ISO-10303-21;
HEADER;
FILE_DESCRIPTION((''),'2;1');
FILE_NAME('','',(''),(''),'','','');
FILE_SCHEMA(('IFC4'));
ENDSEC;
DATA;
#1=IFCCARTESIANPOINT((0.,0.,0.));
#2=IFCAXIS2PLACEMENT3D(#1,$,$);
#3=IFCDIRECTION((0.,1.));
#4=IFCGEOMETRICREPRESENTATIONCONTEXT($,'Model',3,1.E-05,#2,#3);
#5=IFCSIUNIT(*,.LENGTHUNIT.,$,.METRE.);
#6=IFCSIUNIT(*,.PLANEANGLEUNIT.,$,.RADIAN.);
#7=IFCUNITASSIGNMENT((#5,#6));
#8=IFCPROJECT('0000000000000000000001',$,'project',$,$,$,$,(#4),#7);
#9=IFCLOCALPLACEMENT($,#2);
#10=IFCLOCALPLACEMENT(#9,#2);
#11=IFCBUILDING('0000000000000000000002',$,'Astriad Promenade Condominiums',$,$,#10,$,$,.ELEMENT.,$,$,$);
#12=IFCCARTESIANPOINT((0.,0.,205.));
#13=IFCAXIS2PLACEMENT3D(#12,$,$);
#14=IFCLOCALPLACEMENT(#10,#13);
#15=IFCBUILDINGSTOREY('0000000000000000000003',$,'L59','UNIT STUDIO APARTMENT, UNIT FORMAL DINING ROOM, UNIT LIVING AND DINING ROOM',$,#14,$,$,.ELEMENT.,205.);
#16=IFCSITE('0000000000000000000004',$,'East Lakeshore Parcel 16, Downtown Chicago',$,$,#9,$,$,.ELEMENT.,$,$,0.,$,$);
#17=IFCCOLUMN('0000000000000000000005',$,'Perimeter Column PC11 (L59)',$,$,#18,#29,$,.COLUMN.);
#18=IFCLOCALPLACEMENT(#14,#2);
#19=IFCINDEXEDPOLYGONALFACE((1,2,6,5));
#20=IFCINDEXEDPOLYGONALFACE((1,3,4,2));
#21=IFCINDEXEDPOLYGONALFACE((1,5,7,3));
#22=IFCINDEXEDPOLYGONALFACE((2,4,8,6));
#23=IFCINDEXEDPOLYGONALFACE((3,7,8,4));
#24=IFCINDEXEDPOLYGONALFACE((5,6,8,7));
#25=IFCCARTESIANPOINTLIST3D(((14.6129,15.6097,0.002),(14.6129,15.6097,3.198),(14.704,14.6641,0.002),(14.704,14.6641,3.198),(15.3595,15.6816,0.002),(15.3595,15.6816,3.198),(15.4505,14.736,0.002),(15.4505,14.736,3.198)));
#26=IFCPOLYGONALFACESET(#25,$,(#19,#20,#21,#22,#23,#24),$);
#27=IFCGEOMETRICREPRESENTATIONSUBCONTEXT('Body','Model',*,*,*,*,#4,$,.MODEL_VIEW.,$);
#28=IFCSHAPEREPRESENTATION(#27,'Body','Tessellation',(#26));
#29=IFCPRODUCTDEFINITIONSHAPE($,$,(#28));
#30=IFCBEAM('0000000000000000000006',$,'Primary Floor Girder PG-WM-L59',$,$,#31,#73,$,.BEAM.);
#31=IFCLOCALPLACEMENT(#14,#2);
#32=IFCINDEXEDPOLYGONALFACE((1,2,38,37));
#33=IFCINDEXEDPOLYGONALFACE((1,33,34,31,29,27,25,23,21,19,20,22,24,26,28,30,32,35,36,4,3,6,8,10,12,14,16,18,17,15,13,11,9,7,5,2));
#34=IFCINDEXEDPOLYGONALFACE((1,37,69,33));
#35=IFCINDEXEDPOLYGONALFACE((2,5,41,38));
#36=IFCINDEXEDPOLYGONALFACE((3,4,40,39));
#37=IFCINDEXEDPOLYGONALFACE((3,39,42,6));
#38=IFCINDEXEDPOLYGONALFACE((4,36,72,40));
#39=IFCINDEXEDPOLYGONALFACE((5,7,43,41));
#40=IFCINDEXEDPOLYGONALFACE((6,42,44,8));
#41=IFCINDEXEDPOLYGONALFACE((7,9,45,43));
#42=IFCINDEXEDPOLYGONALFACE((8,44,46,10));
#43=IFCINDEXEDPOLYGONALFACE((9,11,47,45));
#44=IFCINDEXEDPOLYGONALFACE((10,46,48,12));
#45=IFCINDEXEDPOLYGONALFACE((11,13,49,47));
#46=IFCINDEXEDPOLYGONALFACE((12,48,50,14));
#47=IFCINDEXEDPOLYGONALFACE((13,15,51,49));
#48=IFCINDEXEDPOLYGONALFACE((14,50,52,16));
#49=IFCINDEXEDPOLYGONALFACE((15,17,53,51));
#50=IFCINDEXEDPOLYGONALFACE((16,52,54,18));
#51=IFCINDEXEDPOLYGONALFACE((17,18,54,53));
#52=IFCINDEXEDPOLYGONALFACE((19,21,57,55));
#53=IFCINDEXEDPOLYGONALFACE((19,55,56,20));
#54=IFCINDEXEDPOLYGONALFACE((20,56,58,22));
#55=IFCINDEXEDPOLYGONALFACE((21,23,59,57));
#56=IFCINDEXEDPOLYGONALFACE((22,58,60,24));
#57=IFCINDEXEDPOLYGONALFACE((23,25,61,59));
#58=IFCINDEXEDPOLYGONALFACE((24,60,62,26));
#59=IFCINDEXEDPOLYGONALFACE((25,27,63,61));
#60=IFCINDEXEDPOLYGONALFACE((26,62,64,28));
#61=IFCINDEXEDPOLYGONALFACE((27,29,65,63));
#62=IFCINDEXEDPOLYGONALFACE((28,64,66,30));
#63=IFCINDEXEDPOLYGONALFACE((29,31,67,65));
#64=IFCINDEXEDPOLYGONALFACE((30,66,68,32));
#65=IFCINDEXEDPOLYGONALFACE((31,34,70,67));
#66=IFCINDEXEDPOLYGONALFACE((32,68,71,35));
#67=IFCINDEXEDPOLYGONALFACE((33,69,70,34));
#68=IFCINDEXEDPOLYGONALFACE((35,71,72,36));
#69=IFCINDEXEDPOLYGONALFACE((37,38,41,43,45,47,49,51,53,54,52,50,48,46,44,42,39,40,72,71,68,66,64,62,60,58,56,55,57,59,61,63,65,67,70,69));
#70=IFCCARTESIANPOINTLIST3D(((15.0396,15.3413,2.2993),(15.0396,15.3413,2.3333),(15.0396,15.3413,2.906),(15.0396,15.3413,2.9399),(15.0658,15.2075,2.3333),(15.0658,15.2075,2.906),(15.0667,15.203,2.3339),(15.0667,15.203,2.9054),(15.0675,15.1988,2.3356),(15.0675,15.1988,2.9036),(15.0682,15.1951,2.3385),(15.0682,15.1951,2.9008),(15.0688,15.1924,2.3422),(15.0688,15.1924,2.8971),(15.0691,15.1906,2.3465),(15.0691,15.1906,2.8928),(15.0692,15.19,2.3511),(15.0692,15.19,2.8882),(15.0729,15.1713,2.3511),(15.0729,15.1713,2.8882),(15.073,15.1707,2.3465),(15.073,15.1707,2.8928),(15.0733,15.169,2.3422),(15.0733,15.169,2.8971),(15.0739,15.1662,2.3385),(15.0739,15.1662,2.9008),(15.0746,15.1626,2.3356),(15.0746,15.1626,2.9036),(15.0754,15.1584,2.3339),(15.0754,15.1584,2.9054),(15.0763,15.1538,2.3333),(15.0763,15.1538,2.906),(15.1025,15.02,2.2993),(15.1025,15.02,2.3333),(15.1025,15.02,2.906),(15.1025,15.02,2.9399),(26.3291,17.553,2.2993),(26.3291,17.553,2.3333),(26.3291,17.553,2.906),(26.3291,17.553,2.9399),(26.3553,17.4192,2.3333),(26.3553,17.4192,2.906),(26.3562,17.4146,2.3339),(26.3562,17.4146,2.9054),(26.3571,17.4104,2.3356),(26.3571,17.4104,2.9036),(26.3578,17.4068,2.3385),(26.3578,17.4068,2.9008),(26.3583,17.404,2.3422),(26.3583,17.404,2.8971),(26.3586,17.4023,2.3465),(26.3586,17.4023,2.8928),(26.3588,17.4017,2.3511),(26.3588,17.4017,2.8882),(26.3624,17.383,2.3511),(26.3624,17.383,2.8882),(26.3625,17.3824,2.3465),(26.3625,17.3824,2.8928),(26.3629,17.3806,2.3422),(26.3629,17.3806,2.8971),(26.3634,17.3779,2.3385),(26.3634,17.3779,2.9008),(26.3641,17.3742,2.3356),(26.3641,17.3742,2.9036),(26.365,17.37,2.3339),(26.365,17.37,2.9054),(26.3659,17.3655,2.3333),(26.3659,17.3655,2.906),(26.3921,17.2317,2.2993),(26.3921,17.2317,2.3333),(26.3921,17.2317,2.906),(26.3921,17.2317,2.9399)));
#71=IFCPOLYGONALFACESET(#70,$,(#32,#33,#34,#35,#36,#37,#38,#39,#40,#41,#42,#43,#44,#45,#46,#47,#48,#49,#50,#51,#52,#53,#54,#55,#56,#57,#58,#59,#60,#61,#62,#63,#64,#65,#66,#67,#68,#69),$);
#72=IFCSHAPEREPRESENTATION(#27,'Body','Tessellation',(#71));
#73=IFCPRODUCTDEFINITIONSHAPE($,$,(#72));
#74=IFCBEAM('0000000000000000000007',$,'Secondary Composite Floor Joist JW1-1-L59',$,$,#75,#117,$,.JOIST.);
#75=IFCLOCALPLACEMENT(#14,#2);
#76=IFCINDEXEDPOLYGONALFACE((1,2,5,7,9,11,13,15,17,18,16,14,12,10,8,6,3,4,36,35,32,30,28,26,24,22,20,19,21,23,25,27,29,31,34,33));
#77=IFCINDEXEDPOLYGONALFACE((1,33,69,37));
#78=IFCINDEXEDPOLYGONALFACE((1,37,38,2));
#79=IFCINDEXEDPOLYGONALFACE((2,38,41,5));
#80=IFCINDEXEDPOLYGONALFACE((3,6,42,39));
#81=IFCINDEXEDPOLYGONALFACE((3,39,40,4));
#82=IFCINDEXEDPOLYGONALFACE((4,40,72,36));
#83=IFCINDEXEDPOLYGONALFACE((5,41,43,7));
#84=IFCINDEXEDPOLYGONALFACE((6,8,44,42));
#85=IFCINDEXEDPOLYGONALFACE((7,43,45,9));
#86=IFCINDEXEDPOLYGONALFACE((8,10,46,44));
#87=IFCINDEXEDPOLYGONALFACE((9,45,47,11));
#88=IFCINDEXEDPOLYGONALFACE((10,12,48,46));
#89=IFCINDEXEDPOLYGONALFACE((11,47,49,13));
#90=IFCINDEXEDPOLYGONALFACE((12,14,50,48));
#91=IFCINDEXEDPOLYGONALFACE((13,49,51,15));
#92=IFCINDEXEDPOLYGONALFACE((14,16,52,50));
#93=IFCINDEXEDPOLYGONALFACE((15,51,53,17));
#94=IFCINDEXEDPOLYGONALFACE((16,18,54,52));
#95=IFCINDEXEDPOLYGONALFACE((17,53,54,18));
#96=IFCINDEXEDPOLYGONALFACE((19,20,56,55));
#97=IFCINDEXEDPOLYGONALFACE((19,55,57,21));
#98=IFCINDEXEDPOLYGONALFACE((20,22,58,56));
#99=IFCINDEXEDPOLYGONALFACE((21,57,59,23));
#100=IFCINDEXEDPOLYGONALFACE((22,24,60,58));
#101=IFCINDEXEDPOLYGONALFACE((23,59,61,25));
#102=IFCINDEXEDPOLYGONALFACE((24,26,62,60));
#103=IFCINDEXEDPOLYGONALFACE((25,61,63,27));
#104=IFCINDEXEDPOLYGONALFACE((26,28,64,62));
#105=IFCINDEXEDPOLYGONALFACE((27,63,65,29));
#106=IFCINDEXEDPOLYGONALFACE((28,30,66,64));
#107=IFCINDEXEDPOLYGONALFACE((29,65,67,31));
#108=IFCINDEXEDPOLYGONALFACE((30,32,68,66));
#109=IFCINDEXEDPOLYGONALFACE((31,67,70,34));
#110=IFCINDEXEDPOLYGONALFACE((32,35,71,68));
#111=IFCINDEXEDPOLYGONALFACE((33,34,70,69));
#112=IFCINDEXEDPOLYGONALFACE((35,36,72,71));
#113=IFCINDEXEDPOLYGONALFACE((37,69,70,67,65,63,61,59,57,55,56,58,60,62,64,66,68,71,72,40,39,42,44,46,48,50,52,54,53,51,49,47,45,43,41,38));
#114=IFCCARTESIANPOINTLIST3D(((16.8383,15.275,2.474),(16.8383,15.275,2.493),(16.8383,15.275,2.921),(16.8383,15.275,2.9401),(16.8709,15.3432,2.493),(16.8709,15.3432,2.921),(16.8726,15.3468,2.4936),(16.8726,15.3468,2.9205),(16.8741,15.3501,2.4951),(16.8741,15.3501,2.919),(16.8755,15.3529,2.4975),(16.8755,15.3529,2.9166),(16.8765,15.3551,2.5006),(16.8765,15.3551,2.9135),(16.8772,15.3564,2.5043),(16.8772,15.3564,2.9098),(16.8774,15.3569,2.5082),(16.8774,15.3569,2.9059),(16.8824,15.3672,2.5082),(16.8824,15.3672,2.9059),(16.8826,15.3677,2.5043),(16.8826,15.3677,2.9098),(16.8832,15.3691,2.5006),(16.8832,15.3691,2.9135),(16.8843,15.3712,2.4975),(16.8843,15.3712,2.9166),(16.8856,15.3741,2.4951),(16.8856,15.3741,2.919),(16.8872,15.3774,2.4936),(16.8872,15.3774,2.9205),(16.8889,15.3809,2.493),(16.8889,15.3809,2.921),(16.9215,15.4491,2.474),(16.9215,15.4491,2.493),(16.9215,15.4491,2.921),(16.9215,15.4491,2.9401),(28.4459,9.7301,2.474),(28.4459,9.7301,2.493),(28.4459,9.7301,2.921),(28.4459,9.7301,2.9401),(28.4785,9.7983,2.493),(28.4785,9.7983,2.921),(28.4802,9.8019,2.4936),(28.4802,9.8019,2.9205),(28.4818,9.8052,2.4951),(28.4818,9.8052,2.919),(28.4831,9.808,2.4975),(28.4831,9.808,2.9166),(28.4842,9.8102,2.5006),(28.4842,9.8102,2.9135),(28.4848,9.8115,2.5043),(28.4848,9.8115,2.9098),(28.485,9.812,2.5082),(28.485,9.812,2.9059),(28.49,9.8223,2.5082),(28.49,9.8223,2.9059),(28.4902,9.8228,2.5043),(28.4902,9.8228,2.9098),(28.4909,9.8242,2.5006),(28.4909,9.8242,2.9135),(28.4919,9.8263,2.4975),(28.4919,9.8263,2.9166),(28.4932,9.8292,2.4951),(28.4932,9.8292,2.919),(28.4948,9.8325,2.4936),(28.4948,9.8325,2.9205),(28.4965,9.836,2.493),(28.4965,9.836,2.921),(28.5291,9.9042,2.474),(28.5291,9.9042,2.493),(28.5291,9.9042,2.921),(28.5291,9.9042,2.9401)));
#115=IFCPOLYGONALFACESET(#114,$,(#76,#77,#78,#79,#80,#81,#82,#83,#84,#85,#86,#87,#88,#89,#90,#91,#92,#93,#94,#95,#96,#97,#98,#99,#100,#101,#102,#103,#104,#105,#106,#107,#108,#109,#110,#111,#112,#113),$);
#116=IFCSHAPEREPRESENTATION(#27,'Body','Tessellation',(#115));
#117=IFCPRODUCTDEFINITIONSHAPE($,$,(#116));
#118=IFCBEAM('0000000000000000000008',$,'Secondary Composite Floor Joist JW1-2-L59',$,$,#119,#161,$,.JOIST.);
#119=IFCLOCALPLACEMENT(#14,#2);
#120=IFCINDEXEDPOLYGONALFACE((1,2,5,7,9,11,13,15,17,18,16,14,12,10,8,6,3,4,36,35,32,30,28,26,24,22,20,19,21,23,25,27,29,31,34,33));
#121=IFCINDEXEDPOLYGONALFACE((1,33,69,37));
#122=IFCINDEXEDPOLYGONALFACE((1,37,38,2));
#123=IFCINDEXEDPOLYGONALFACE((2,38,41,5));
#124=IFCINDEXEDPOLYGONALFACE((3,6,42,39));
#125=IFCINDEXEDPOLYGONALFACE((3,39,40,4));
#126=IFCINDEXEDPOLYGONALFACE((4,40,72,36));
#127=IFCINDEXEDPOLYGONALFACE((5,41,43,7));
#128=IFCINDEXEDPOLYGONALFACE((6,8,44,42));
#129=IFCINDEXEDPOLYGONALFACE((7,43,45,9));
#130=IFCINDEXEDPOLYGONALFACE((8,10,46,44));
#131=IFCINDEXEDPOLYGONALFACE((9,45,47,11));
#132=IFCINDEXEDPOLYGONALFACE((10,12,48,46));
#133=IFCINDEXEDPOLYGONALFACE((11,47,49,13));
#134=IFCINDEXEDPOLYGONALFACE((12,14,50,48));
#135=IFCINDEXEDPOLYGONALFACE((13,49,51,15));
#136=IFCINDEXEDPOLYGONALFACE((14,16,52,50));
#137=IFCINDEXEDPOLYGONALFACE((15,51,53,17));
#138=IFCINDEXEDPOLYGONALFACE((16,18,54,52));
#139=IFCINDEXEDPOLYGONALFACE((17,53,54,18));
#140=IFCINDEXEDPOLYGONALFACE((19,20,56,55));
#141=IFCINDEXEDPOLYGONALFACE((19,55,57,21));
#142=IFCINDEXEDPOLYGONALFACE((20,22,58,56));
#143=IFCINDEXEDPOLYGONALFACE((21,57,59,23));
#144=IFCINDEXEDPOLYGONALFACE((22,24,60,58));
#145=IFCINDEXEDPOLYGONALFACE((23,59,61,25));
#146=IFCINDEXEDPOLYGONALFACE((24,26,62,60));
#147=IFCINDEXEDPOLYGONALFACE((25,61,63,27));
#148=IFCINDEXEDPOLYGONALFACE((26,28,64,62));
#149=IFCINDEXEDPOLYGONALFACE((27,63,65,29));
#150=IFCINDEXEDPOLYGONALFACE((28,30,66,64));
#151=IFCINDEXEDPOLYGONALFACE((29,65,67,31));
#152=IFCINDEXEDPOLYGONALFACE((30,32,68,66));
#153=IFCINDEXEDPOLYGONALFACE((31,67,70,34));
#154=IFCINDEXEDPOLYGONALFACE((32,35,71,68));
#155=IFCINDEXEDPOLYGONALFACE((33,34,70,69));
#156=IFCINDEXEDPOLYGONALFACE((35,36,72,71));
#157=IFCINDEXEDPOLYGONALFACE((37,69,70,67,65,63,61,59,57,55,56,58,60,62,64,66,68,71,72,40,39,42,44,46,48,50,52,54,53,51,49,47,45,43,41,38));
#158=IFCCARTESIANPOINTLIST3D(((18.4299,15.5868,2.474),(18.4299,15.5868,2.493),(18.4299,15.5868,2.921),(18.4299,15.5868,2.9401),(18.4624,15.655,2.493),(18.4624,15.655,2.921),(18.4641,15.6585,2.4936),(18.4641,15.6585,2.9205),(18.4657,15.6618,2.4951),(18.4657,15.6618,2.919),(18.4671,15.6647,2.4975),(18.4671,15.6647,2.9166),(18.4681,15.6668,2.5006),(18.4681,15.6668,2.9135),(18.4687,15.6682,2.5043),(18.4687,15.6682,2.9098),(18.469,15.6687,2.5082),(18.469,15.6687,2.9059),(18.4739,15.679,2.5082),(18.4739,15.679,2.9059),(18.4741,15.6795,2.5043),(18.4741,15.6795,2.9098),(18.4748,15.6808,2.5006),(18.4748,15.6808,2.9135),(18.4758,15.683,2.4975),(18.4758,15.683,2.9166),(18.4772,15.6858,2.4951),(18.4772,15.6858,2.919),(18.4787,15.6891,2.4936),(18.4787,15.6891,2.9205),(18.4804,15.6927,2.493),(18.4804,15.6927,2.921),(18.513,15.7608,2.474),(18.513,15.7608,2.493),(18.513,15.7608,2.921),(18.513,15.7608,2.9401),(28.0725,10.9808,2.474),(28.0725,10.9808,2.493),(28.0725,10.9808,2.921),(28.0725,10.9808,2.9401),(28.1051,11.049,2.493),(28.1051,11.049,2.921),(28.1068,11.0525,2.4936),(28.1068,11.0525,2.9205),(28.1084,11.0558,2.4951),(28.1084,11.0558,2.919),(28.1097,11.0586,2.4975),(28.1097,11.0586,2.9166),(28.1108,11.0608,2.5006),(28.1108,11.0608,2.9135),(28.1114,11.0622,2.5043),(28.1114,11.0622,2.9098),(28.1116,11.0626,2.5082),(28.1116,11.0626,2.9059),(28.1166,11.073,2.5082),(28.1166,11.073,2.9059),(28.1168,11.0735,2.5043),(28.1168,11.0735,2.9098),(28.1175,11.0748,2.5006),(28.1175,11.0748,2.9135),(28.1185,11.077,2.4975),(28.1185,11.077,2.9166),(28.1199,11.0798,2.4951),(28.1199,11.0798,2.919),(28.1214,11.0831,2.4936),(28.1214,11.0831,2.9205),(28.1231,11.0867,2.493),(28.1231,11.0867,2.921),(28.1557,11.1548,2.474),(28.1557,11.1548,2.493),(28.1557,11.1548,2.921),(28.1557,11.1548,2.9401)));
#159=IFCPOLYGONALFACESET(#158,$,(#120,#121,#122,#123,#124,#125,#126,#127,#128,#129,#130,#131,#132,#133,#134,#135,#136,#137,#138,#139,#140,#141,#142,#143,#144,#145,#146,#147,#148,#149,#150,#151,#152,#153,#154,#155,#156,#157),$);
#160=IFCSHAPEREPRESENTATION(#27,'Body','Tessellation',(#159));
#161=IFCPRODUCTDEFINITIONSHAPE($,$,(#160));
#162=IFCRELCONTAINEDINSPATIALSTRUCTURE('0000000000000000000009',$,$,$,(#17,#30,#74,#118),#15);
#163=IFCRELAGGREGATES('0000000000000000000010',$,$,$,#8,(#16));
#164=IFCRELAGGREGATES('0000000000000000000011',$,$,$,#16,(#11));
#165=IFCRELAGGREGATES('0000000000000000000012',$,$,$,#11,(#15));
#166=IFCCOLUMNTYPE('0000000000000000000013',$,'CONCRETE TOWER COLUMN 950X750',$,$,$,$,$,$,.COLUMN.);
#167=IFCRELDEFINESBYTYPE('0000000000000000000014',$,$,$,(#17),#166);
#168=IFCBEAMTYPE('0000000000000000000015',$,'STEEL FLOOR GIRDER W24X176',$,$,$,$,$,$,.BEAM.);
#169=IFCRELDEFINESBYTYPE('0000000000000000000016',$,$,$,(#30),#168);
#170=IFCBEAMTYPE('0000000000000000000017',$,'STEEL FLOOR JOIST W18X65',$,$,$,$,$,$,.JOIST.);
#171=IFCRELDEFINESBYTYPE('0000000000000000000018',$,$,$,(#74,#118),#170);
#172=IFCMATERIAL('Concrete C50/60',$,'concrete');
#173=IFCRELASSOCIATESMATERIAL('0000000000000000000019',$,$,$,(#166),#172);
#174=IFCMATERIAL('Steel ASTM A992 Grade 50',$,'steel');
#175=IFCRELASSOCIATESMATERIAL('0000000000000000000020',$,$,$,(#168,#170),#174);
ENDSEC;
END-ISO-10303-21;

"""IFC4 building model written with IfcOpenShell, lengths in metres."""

from ifc_helpers import new_model, si_unit, direction, frame, origin, origin_2d, place, context, subcontext, project, spatial, rectangle, i_section, extrude, source, transform, mapped, material, material_profile, profile_set, type_object, type_shapes, element, save


model = new_model("IFC4")

# Units and contexts
model_context = context("Model", 3, precision=1e-05, world=origin(), true_north=direction((0.0, 1.0)))
body_context = subcontext(model_context, "Body", "Model", "MODEL_VIEW")
ifc_project = project(units=[si_unit("LENGTHUNIT", "METRE"), si_unit("PLANEANGLEUNIT", "RADIAN")], contexts=[model_context])

# Site, building, storey
site_placement = place(None, origin())
site = spatial("IfcSite", under=ifc_project, at=site_placement, Name="East Lakeshore Parcel 16, Downtown Chicago", CompositionType="ELEMENT", RefElevation=0.0)
building_placement = place(site_placement, origin())
building = spatial("IfcBuilding", under=site, at=building_placement, Name="Astriad Promenade Condominiums", CompositionType="ELEMENT")
storey_placement = place(building_placement, frame((0.0, 0.0, 205.0)))
storey = spatial("IfcBuildingStorey", under=building, at=storey_placement, Name="L59", Description="UNIT STUDIO APARTMENT, UNIT FORMAL DINING ROOM, UNIT LIVING AND DINING ROOM", CompositionType="ELEMENT", Elevation=205.0)

# Column
ifc_material_1 = material(Name="Concrete C50/60", Category="concrete")
ifc_material_profile_1 = material_profile(ifc_material_1, rectangle(XDim=0.75, YDim=0.95, at=origin_2d()), Name="RC-COL-950X750")
ifc_profile_set_1 = profile_set([ifc_material_profile_1], Name="Concrete C50/60")
column_type = type_object("IfcColumnType", Name="CONCRETE TOWER COLUMN 950X750", PredefinedType="COLUMN", material=ifc_profile_set_1)
shared_shape_1 = source(origin(), body_context, "Body", "SweptSolid", [
    extrude(rectangle(XDim=0.75, YDim=0.95, at=origin_2d()), origin(), (0.0, 0.0, 1.0), 3.196),
])
type_shapes(column_type, [shared_shape_1])
column_placement = place(storey_placement, frame((15.0317, 15.1729, 0.002), z_axis=(0.0, 0.0, 1.0), x_axis=(0.995396, 0.095846, 0.0)))
element("IfcColumn", 1, at=column_placement, inside=storey, type_object=column_type, Name="Perimeter Column PC11 (L59)", PredefinedType="COLUMN", context=body_context, shape_type="MappedRepresentation", body=[
    mapped(shared_shape_1, transform((0.0, 0.0, 0.0), scale=1.0)),
])

# Beams
ifc_material_2 = material(Name="Steel ASTM A992 Grade 50", Category="steel")
ifc_material_profile_2 = material_profile(ifc_material_2, i_section(OverallWidth=0.3274, OverallDepth=0.6406, WebThickness=0.019, FlangeThickness=0.0339, FilletRadius=0.0178, at=origin_2d()), Name="W24X176")
ifc_profile_set_2 = profile_set([ifc_material_profile_2], Name="Steel ASTM A992 Grade 50")
beam_type_1 = type_object("IfcBeamType", Name="STEEL FLOOR GIRDER W24X176", PredefinedType="BEAM", material=ifc_profile_set_2)
shared_shape_2 = source(origin(), body_context, "Body", "SweptSolid", [
    extrude(i_section(OverallWidth=0.3274, OverallDepth=0.6406, WebThickness=0.019, FlangeThickness=0.0339, FilletRadius=0.0178, at=origin_2d()), origin(), (0.0, 0.0, 1.0), 11.5042),
])
type_shapes(beam_type_1, [shared_shape_2])
beam_1_placement = place(storey_placement, frame((15.071, 15.1807, 2.6196), z_axis=(0.981346, 0.19225, 0.0), x_axis=(-0.19225, 0.981346, 0.0)))
element("IfcBeam", 2, at=beam_1_placement, inside=storey, type_object=beam_type_1, Name="Primary Floor Girder PG-WM-L59", PredefinedType="BEAM", context=body_context, shape_type="MappedRepresentation", body=[
    mapped(shared_shape_2, transform((0.0, 0.0, 0.0), scale=1.0)),
])
ifc_material_profile_3 = material_profile(ifc_material_2, i_section(OverallWidth=0.1929, OverallDepth=0.4661, WebThickness=0.0115, FlangeThickness=0.019, FilletRadius=0.0151, at=origin_2d()), Name="W18X65")
ifc_profile_set_3 = profile_set([ifc_material_profile_3], Name="Steel ASTM A992 Grade 50")
beam_type_2 = type_object("IfcBeamType", Name="STEEL FLOOR JOIST W18X65", PredefinedType="JOIST", material=ifc_profile_set_3)
shared_shape_3 = source(origin(), body_context, "Body", "SweptSolid", [
    extrude(i_section(OverallWidth=0.1929, OverallDepth=0.4661, WebThickness=0.0115, FlangeThickness=0.019, FilletRadius=0.0151, at=origin_2d()), origin(), (0.0, 0.0, 1.0), 12.864),
])
beam_2_placement = place(storey_placement, frame((16.8799, 15.3621, 2.707), z_axis=(0.902333, -0.43104, 0.0), x_axis=(0.43104, 0.902333, 0.0)))
element("IfcBeam", 3, at=beam_2_placement, inside=storey, type_object=beam_type_2, Name="Secondary Composite Floor Joist JW1-1-L59", PredefinedType="JOIST", context=body_context, shape_type="MappedRepresentation", body=[
    mapped(shared_shape_3, transform((0.0, 0.0, 0.0), scale=1.0)),
])
shared_shape_4 = source(origin(), body_context, "Body", "SweptSolid", [
    extrude(i_section(OverallWidth=0.1929, OverallDepth=0.4661, WebThickness=0.0115, FlangeThickness=0.019, FilletRadius=0.0151, at=origin_2d()), origin(), (0.0, 0.0, 1.0), 10.6863),
])
beam_3_placement = place(storey_placement, frame((18.4714, 15.6738, 2.707), z_axis=(0.902342, -0.431021, 0.0), x_axis=(0.431021, 0.902342, 0.0)))
element("IfcBeam", 4, at=beam_3_placement, inside=storey, type_object=beam_type_2, Name="Secondary Composite Floor Joist JW1-2-L59", PredefinedType="JOIST", context=body_context, shape_type="MappedRepresentation", body=[
    mapped(shared_shape_4, transform((0.0, 0.0, 0.0), scale=1.0)),
])

save(model, "model.ifc")
